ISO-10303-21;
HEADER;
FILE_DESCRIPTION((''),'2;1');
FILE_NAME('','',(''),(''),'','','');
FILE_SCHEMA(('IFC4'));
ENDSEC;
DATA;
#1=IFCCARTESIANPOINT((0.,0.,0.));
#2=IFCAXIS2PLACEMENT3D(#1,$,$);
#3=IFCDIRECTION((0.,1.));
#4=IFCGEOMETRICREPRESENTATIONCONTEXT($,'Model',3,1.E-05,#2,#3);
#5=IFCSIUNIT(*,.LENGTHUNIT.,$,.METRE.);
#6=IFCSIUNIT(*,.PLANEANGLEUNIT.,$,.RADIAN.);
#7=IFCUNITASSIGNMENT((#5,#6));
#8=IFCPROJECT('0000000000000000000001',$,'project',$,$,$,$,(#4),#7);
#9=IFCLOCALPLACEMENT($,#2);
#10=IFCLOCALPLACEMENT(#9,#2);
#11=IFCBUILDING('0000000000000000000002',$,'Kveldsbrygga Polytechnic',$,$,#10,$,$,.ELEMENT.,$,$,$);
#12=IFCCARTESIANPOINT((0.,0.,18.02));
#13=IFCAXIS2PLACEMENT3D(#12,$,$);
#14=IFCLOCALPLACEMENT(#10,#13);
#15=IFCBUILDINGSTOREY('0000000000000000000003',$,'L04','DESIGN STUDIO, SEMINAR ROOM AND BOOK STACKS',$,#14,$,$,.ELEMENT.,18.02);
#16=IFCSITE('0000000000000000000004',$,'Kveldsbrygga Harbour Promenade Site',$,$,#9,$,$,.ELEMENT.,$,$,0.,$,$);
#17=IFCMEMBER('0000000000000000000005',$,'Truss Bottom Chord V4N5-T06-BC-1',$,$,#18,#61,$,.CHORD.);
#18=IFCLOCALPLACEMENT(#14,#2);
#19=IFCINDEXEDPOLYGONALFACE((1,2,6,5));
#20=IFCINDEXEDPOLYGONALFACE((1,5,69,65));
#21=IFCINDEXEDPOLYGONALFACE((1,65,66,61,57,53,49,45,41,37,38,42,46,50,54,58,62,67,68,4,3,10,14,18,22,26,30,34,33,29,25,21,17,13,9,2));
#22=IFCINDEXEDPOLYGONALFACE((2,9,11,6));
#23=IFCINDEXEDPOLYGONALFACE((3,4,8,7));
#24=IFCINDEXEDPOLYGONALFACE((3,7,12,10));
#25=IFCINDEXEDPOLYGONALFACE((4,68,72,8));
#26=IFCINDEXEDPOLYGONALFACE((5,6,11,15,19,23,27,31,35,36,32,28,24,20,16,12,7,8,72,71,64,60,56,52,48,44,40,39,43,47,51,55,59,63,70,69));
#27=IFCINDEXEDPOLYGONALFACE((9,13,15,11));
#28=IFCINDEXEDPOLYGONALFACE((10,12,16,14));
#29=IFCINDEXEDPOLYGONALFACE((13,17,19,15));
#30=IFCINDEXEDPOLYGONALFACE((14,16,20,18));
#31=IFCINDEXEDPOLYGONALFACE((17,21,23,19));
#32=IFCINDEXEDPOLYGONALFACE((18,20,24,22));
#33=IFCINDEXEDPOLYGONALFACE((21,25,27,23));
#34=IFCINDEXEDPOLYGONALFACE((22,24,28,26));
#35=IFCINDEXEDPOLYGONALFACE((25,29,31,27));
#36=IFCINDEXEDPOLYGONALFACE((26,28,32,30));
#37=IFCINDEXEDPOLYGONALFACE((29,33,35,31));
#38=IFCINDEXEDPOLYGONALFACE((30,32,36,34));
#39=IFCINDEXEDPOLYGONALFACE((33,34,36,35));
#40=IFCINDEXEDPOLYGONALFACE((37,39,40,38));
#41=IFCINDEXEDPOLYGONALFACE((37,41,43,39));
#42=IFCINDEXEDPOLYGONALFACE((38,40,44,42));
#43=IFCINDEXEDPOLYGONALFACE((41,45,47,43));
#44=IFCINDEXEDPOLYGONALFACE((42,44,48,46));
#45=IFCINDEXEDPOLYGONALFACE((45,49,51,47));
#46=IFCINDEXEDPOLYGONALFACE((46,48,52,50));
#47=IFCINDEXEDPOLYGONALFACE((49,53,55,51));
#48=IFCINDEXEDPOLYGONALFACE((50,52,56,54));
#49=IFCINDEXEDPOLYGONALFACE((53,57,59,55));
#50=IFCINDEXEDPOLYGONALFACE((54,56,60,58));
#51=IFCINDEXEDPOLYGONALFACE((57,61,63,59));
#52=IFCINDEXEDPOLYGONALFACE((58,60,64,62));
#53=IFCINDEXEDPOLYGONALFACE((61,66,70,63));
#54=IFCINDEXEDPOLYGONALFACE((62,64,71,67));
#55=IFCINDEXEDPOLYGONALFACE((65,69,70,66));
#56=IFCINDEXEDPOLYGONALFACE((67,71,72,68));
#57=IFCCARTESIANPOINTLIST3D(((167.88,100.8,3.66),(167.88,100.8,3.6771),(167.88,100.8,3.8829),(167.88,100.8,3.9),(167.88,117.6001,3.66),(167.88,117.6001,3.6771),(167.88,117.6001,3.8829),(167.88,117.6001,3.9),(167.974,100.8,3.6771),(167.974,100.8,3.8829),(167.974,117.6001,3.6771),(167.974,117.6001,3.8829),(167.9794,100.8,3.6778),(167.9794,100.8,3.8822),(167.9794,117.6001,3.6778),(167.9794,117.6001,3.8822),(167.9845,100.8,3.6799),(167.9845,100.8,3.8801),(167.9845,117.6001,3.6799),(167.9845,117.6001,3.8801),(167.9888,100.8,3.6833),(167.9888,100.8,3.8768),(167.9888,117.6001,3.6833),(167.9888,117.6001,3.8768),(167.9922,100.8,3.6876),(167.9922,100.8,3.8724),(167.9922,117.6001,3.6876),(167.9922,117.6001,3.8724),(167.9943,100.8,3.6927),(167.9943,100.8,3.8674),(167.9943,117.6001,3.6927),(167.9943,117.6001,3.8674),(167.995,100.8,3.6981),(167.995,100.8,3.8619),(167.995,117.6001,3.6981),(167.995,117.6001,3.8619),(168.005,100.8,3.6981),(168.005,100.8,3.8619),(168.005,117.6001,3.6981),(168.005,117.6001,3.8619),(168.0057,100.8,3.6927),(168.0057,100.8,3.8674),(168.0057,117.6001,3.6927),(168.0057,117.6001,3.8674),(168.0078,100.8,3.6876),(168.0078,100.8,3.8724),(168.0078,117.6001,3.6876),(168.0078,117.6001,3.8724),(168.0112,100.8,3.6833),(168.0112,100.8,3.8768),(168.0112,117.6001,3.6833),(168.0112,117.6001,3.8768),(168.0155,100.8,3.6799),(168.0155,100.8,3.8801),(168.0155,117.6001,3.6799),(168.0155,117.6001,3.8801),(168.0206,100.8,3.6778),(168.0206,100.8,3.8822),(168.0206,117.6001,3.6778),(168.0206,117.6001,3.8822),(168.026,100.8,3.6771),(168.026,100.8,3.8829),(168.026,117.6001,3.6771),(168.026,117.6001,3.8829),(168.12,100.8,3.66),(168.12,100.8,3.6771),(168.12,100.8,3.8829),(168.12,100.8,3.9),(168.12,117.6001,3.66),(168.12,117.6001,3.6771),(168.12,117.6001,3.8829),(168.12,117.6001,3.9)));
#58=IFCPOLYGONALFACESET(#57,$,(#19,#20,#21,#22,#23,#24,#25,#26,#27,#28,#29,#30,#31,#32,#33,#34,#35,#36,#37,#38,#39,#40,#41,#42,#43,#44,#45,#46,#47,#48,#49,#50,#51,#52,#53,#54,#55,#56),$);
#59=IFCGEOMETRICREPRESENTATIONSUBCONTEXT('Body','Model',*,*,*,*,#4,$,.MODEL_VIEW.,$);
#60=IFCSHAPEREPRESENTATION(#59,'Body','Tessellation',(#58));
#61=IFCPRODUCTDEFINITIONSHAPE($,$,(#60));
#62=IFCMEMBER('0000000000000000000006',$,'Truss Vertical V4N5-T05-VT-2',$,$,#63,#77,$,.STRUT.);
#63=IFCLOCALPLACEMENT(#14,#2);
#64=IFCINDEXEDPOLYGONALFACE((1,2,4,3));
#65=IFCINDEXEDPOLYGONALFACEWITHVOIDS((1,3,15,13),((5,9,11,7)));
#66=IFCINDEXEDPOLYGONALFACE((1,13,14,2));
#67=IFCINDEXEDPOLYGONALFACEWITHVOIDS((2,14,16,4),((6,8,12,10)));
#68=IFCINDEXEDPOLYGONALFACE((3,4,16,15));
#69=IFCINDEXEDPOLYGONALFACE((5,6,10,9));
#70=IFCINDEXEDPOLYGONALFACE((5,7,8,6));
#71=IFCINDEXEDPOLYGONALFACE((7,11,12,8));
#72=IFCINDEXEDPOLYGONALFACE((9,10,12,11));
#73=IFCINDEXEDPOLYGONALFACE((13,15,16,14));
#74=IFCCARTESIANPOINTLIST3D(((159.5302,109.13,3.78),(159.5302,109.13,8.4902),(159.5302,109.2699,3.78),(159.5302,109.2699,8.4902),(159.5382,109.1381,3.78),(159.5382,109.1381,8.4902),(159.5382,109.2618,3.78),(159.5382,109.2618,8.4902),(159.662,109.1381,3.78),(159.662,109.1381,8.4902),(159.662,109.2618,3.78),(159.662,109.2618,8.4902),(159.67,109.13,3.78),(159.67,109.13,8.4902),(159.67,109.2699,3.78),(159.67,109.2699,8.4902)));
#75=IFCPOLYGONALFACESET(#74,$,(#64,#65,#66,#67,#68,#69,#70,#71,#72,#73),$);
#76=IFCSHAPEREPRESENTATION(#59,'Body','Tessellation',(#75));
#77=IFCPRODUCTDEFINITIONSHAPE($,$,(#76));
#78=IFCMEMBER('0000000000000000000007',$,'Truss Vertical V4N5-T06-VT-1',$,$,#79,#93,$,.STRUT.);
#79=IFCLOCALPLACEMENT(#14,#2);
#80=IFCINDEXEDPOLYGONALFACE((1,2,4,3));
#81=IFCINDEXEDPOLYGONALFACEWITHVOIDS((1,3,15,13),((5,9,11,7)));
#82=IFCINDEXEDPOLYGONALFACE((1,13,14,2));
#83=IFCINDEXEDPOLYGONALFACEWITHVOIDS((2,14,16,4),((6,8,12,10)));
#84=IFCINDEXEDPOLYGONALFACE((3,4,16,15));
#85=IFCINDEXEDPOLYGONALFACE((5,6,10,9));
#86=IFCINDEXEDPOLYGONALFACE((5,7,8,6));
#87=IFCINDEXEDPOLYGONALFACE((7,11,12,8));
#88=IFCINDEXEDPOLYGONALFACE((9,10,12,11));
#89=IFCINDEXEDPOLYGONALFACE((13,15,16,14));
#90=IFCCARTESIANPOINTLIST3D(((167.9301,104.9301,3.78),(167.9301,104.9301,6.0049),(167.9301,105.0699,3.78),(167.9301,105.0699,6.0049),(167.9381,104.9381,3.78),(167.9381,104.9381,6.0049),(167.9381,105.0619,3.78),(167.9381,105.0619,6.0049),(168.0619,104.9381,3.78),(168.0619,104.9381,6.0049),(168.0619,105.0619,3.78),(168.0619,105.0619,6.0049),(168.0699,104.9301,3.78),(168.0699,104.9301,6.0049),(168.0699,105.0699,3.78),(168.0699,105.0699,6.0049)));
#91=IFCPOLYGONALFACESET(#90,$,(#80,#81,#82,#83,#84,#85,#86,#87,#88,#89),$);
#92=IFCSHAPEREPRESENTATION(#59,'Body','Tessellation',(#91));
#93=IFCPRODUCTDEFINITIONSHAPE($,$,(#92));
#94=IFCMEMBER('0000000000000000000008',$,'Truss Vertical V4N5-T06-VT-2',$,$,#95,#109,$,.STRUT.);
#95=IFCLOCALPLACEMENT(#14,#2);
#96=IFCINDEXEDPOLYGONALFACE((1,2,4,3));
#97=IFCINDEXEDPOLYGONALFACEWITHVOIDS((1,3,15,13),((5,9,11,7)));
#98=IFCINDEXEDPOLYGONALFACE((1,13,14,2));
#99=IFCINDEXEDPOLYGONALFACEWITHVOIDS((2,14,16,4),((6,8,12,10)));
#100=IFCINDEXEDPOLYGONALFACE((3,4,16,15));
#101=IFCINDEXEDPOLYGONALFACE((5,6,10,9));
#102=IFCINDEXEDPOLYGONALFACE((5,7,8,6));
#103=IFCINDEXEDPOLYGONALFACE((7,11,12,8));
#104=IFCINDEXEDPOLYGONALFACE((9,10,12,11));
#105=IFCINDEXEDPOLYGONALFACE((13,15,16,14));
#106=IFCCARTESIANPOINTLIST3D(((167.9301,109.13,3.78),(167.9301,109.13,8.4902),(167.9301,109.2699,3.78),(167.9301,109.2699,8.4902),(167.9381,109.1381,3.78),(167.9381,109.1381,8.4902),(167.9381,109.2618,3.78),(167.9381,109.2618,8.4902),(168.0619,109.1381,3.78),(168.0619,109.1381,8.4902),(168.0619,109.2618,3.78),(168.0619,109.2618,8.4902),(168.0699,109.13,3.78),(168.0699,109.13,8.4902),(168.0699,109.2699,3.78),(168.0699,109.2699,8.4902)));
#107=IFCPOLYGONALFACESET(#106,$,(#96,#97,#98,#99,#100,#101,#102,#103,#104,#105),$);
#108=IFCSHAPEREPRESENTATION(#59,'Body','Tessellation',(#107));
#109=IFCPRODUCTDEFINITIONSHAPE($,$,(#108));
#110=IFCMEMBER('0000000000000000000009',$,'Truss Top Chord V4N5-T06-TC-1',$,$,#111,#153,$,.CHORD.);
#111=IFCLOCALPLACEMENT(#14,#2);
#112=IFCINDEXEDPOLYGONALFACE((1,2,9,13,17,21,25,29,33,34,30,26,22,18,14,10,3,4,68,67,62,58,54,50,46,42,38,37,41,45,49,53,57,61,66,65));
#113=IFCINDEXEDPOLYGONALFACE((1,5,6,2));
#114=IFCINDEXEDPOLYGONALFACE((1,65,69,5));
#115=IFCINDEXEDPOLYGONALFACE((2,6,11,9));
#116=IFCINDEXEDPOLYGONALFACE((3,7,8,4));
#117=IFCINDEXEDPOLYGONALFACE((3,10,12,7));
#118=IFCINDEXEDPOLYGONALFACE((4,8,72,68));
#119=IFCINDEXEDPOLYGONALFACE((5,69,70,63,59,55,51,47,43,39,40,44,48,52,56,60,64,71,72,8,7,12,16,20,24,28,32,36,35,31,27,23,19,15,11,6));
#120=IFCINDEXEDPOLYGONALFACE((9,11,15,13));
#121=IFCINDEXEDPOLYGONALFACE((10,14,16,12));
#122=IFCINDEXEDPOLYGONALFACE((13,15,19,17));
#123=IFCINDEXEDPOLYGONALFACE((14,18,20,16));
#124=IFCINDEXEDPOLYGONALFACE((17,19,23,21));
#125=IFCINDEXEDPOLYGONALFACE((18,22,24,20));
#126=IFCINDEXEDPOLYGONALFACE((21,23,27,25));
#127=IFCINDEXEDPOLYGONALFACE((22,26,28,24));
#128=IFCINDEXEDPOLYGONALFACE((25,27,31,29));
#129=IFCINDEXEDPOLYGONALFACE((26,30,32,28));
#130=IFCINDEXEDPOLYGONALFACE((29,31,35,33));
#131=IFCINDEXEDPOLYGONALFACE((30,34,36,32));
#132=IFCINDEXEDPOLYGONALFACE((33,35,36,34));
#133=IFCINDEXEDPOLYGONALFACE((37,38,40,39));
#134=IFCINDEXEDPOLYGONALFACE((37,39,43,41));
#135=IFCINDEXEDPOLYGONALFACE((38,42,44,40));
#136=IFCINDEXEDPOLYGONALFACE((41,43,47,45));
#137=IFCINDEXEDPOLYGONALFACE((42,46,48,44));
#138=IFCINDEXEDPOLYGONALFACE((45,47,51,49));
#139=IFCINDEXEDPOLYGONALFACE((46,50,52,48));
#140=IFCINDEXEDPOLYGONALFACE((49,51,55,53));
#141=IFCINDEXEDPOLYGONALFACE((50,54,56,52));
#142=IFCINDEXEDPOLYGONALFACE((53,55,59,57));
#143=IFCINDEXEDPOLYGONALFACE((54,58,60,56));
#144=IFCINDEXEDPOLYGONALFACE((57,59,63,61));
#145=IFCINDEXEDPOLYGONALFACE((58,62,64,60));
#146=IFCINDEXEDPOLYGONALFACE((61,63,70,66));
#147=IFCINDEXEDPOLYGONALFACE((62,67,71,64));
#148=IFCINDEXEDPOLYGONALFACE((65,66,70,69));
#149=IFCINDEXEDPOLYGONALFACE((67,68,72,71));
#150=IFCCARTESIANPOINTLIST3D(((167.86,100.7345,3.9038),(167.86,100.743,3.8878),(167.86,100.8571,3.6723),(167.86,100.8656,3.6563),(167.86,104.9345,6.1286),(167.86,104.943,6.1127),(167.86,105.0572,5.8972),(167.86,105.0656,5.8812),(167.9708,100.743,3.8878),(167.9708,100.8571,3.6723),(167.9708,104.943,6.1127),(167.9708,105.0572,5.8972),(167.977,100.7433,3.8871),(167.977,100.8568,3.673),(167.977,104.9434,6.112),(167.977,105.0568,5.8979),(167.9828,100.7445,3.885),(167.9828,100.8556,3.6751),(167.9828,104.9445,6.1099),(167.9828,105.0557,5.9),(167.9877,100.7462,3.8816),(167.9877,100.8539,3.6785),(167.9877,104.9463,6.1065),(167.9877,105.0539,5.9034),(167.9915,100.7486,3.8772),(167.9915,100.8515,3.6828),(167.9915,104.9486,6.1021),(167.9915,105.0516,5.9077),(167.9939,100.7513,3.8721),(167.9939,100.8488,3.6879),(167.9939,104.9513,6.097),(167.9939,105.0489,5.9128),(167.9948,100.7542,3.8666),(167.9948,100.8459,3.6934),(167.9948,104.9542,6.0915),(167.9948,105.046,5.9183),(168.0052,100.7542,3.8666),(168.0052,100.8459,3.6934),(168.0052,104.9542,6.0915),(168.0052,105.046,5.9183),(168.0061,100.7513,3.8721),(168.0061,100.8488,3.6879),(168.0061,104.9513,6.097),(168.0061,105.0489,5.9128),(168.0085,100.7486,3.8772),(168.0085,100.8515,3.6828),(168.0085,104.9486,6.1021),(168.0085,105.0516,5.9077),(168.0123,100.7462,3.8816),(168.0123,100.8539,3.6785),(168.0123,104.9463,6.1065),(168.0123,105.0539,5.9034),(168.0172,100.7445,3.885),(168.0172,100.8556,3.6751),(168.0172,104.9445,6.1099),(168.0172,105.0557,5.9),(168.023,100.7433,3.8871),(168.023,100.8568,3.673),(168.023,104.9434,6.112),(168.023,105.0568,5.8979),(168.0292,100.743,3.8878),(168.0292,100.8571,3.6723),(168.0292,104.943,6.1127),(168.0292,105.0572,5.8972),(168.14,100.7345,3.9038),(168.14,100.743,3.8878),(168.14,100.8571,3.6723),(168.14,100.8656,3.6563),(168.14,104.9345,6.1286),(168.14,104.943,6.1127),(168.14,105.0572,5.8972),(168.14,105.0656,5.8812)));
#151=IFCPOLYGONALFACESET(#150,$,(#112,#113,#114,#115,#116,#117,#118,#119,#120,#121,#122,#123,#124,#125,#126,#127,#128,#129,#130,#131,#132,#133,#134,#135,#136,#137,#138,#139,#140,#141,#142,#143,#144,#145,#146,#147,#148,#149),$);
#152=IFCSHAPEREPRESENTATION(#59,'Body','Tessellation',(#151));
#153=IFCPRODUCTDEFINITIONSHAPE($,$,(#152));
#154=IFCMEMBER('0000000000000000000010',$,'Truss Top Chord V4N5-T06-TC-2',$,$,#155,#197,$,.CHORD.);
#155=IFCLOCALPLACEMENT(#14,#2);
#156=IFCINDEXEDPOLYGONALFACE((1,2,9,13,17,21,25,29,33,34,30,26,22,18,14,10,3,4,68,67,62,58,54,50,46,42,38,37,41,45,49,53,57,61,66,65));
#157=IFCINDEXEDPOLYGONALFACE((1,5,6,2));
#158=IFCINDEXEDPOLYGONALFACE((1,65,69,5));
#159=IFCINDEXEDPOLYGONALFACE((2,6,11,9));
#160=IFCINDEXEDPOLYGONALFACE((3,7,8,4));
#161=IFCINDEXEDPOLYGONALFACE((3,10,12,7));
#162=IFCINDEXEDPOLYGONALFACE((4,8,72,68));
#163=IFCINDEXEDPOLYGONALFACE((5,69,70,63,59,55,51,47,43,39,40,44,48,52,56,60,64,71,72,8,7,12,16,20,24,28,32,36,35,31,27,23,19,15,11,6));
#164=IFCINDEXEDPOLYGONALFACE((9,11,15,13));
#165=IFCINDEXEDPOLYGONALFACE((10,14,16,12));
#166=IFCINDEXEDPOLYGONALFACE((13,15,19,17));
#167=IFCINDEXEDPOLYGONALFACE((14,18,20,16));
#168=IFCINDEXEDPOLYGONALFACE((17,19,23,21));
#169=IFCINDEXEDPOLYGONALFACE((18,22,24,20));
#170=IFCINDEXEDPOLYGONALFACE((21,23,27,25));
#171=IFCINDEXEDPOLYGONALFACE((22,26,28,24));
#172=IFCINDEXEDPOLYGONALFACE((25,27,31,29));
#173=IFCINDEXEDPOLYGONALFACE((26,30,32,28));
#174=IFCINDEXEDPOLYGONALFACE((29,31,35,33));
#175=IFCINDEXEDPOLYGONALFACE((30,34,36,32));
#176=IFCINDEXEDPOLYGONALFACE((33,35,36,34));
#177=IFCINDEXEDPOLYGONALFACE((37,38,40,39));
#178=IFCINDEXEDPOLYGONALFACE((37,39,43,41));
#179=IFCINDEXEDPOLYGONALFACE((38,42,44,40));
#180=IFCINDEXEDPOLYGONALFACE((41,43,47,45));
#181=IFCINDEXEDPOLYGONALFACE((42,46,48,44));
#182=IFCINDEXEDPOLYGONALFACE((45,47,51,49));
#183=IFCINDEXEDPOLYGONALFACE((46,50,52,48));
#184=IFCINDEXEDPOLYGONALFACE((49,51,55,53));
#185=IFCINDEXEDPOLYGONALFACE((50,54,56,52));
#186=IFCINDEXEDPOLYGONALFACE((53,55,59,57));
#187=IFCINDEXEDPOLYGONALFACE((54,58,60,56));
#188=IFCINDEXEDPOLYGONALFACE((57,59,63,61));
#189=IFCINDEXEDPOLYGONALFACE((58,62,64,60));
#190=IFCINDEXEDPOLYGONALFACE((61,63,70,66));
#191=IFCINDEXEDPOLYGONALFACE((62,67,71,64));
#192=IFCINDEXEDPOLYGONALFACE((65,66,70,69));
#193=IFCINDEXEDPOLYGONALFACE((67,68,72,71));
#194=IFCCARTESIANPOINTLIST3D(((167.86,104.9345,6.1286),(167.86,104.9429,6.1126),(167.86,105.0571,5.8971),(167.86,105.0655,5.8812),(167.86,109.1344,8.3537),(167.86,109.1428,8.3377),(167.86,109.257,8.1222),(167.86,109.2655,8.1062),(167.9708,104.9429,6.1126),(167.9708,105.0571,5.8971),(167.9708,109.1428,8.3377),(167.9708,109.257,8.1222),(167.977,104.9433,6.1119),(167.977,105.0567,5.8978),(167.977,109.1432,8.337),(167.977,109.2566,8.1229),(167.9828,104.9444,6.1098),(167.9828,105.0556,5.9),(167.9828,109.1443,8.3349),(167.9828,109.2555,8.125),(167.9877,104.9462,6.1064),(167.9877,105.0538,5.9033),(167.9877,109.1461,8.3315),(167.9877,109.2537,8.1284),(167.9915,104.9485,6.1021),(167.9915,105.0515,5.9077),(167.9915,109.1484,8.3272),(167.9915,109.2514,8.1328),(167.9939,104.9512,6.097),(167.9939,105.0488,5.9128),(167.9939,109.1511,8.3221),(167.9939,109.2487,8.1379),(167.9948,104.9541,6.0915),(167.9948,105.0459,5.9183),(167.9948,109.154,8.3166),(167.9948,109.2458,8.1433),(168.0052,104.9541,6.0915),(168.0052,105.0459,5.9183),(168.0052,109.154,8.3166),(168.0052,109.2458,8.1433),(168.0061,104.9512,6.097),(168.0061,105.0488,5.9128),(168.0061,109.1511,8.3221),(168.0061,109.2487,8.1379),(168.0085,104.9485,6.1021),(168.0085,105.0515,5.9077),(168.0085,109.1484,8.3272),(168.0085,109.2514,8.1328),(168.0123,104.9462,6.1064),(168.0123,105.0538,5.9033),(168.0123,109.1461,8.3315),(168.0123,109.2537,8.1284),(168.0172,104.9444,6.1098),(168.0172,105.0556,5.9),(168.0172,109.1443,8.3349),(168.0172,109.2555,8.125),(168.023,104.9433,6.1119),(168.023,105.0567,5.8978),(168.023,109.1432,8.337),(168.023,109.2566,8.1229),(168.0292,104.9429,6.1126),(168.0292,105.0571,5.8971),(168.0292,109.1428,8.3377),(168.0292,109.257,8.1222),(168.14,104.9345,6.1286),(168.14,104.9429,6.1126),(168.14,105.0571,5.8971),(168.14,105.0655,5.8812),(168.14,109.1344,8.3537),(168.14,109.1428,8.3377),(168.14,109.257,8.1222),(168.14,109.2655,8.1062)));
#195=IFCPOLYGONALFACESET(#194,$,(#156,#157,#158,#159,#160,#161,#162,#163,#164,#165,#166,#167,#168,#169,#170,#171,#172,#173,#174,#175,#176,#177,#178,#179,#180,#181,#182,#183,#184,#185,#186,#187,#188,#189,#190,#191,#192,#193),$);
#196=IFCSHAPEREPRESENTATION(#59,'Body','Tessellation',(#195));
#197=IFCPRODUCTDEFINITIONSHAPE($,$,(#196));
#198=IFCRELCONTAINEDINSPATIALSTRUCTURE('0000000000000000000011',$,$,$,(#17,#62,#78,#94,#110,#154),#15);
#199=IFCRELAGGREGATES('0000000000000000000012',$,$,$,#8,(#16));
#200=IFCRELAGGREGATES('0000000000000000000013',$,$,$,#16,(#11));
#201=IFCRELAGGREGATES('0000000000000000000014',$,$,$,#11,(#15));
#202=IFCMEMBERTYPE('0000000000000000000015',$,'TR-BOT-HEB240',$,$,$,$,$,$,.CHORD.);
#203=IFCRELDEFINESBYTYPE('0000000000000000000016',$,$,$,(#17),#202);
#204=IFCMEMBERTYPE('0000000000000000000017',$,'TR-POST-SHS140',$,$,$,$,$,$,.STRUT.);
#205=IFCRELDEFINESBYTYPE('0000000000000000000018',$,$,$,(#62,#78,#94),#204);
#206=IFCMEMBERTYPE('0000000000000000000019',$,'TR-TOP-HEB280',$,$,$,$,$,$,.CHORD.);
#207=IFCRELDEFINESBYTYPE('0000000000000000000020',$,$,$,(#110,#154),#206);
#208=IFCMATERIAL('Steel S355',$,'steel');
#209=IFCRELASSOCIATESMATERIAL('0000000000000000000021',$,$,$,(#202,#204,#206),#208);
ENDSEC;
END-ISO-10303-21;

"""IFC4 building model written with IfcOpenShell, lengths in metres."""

from ifc_helpers import new_model, si_unit, direction, frame, origin, origin_2d, place, context, subcontext, project, spatial, hollow_rectangle, i_section, extrude, material, material_profile, profile_set, type_object, element, save


model = new_model("IFC4")

# Units and contexts
model_context = context("Model", 3, precision=1e-05, world=origin(), true_north=direction((0.0, 1.0)))
body_context = subcontext(model_context, "Body", "Model", "MODEL_VIEW")
ifc_project = project(units=[si_unit("LENGTHUNIT", "METRE"), si_unit("PLANEANGLEUNIT", "RADIAN")], contexts=[model_context])

# Site, building, storey
site_placement = place(None, origin())
site = spatial("IfcSite", under=ifc_project, at=site_placement, Name="Kveldsbrygga Harbour Promenade Site", CompositionType="ELEMENT", RefElevation=0.0)
building_placement = place(site_placement, origin())
building = spatial("IfcBuilding", under=site, at=building_placement, Name="Kveldsbrygga Polytechnic", CompositionType="ELEMENT")
storey_placement = place(building_placement, frame((0.0, 0.0, 18.02)))
storey = spatial("IfcBuildingStorey", under=building, at=storey_placement, Name="L04", Description="DESIGN STUDIO, SEMINAR ROOM AND BOOK STACKS", CompositionType="ELEMENT", Elevation=18.02)

# Members
ifc_material_1 = material(Name="Steel S355", Category="steel")
ifc_material_profile_1 = material_profile(ifc_material_1, i_section(OverallWidth=0.24, OverallDepth=0.24, WebThickness=0.01, FlangeThickness=0.0171, FilletRadius=0.021, at=origin_2d()), Name="HEB 240")
ifc_profile_set_1 = profile_set([ifc_material_profile_1], Name="Steel S355")
member_type_1 = type_object("IfcMemberType", Name="TR-BOT-HEB240", PredefinedType="CHORD", material=ifc_profile_set_1)
member_1_placement = place(storey_placement, frame((168.0, 100.8, 3.78), z_axis=(0.0, 1.0, 0.0), x_axis=(-1.0, 0.0, 0.0)))
element("IfcMember", 1, at=member_1_placement, inside=storey, type_object=member_type_1, Name="Truss Bottom Chord V4N5-T06-BC-1", PredefinedType="CHORD", context=body_context, shape_type="SweptSolid", body=[
    extrude(i_section(OverallWidth=0.24, OverallDepth=0.24, WebThickness=0.01, FlangeThickness=0.0171, FilletRadius=0.021, at=origin_2d()), origin(), (0.0, 0.0, 1.0), 16.8),
])
ifc_material_profile_2 = material_profile(ifc_material_1, hollow_rectangle(XDim=0.1399, YDim=0.1399, WallThickness=0.0081, at=origin_2d()), Name="SHS 140x140x8.0")
ifc_profile_set_2 = profile_set([ifc_material_profile_2], Name="Steel S355")
member_type_2 = type_object("IfcMemberType", Name="TR-POST-SHS140", PredefinedType="STRUT", material=ifc_profile_set_2)
member_2_placement = place(storey_placement, frame((159.6001, 109.2, 3.78), z_axis=(0.0, 0.0, 1.0), x_axis=(1.0, 0.0, 0.0)))
element("IfcMember", 2, at=member_2_placement, inside=storey, type_object=member_type_2, Name="Truss Vertical V4N5-T05-VT-2", PredefinedType="STRUT", context=body_context, shape_type="SweptSolid", body=[
    extrude(hollow_rectangle(XDim=0.1399, YDim=0.1399, WallThickness=0.0081, at=origin_2d()), origin(), (0.0, 0.0, 1.0), 4.7102),
])
member_3_placement = place(storey_placement, frame((168.0, 105.0, 3.78), z_axis=(0.0, 0.0, 1.0), x_axis=(1.0, 0.0, 0.0)))
element("IfcMember", 3, at=member_3_placement, inside=storey, type_object=member_type_2, Name="Truss Vertical V4N5-T06-VT-1", PredefinedType="STRUT", context=body_context, shape_type="SweptSolid", body=[
    extrude(hollow_rectangle(XDim=0.1399, YDim=0.1399, WallThickness=0.0081, at=origin_2d()), origin(), (0.0, 0.0, 1.0), 2.2249),
])
member_4_placement = place(storey_placement, frame((168.0, 109.2, 3.78), z_axis=(0.0, 0.0, 1.0), x_axis=(1.0, 0.0, 0.0)))
element("IfcMember", 4, at=member_4_placement, inside=storey, type_object=member_type_2, Name="Truss Vertical V4N5-T06-VT-2", PredefinedType="STRUT", context=body_context, shape_type="SweptSolid", body=[
    extrude(hollow_rectangle(XDim=0.1399, YDim=0.1399, WallThickness=0.0081, at=origin_2d()), origin(), (0.0, 0.0, 1.0), 4.7102),
])
ifc_material_profile_3 = material_profile(ifc_material_1, i_section(OverallWidth=0.28, OverallDepth=0.28, WebThickness=0.0105, FlangeThickness=0.0181, FilletRadius=0.0239, at=origin_2d()), Name="HEB 280")
ifc_profile_set_3 = profile_set([ifc_material_profile_3], Name="Steel S355")
member_type_3 = type_object("IfcMemberType", Name="TR-TOP-HEB280", PredefinedType="CHORD", material=ifc_profile_set_3)
for number, where, z_axis, x_axis, name in (
    (5, (168.0, 100.8, 3.78), (0.0, 0.88367, 0.46811), (-1.0, 0.0, 0.0), "Truss Top Chord V4N5-T06-TC-1"),
    (6, (168.0, 105.0, 6.0049), (0.0, 0.883649, 0.46815), (-1.0, 0.0, 0.0), "Truss Top Chord V4N5-T06-TC-2"),
):
    element("IfcMember", number, at=place(storey_placement, frame(where, z_axis=z_axis, x_axis=x_axis)), inside=storey, type_object=member_type_3, Name=name, PredefinedType="CHORD", context=body_context, shape_type="SweptSolid", body=[
        extrude(i_section(OverallWidth=0.28, OverallDepth=0.28, WebThickness=0.0105, FlangeThickness=0.0181, FilletRadius=0.0239, at=origin_2d()), origin(), (0.0, 0.0, 1.0), 4.7529),
    ])

save(model, "model.ifc")
